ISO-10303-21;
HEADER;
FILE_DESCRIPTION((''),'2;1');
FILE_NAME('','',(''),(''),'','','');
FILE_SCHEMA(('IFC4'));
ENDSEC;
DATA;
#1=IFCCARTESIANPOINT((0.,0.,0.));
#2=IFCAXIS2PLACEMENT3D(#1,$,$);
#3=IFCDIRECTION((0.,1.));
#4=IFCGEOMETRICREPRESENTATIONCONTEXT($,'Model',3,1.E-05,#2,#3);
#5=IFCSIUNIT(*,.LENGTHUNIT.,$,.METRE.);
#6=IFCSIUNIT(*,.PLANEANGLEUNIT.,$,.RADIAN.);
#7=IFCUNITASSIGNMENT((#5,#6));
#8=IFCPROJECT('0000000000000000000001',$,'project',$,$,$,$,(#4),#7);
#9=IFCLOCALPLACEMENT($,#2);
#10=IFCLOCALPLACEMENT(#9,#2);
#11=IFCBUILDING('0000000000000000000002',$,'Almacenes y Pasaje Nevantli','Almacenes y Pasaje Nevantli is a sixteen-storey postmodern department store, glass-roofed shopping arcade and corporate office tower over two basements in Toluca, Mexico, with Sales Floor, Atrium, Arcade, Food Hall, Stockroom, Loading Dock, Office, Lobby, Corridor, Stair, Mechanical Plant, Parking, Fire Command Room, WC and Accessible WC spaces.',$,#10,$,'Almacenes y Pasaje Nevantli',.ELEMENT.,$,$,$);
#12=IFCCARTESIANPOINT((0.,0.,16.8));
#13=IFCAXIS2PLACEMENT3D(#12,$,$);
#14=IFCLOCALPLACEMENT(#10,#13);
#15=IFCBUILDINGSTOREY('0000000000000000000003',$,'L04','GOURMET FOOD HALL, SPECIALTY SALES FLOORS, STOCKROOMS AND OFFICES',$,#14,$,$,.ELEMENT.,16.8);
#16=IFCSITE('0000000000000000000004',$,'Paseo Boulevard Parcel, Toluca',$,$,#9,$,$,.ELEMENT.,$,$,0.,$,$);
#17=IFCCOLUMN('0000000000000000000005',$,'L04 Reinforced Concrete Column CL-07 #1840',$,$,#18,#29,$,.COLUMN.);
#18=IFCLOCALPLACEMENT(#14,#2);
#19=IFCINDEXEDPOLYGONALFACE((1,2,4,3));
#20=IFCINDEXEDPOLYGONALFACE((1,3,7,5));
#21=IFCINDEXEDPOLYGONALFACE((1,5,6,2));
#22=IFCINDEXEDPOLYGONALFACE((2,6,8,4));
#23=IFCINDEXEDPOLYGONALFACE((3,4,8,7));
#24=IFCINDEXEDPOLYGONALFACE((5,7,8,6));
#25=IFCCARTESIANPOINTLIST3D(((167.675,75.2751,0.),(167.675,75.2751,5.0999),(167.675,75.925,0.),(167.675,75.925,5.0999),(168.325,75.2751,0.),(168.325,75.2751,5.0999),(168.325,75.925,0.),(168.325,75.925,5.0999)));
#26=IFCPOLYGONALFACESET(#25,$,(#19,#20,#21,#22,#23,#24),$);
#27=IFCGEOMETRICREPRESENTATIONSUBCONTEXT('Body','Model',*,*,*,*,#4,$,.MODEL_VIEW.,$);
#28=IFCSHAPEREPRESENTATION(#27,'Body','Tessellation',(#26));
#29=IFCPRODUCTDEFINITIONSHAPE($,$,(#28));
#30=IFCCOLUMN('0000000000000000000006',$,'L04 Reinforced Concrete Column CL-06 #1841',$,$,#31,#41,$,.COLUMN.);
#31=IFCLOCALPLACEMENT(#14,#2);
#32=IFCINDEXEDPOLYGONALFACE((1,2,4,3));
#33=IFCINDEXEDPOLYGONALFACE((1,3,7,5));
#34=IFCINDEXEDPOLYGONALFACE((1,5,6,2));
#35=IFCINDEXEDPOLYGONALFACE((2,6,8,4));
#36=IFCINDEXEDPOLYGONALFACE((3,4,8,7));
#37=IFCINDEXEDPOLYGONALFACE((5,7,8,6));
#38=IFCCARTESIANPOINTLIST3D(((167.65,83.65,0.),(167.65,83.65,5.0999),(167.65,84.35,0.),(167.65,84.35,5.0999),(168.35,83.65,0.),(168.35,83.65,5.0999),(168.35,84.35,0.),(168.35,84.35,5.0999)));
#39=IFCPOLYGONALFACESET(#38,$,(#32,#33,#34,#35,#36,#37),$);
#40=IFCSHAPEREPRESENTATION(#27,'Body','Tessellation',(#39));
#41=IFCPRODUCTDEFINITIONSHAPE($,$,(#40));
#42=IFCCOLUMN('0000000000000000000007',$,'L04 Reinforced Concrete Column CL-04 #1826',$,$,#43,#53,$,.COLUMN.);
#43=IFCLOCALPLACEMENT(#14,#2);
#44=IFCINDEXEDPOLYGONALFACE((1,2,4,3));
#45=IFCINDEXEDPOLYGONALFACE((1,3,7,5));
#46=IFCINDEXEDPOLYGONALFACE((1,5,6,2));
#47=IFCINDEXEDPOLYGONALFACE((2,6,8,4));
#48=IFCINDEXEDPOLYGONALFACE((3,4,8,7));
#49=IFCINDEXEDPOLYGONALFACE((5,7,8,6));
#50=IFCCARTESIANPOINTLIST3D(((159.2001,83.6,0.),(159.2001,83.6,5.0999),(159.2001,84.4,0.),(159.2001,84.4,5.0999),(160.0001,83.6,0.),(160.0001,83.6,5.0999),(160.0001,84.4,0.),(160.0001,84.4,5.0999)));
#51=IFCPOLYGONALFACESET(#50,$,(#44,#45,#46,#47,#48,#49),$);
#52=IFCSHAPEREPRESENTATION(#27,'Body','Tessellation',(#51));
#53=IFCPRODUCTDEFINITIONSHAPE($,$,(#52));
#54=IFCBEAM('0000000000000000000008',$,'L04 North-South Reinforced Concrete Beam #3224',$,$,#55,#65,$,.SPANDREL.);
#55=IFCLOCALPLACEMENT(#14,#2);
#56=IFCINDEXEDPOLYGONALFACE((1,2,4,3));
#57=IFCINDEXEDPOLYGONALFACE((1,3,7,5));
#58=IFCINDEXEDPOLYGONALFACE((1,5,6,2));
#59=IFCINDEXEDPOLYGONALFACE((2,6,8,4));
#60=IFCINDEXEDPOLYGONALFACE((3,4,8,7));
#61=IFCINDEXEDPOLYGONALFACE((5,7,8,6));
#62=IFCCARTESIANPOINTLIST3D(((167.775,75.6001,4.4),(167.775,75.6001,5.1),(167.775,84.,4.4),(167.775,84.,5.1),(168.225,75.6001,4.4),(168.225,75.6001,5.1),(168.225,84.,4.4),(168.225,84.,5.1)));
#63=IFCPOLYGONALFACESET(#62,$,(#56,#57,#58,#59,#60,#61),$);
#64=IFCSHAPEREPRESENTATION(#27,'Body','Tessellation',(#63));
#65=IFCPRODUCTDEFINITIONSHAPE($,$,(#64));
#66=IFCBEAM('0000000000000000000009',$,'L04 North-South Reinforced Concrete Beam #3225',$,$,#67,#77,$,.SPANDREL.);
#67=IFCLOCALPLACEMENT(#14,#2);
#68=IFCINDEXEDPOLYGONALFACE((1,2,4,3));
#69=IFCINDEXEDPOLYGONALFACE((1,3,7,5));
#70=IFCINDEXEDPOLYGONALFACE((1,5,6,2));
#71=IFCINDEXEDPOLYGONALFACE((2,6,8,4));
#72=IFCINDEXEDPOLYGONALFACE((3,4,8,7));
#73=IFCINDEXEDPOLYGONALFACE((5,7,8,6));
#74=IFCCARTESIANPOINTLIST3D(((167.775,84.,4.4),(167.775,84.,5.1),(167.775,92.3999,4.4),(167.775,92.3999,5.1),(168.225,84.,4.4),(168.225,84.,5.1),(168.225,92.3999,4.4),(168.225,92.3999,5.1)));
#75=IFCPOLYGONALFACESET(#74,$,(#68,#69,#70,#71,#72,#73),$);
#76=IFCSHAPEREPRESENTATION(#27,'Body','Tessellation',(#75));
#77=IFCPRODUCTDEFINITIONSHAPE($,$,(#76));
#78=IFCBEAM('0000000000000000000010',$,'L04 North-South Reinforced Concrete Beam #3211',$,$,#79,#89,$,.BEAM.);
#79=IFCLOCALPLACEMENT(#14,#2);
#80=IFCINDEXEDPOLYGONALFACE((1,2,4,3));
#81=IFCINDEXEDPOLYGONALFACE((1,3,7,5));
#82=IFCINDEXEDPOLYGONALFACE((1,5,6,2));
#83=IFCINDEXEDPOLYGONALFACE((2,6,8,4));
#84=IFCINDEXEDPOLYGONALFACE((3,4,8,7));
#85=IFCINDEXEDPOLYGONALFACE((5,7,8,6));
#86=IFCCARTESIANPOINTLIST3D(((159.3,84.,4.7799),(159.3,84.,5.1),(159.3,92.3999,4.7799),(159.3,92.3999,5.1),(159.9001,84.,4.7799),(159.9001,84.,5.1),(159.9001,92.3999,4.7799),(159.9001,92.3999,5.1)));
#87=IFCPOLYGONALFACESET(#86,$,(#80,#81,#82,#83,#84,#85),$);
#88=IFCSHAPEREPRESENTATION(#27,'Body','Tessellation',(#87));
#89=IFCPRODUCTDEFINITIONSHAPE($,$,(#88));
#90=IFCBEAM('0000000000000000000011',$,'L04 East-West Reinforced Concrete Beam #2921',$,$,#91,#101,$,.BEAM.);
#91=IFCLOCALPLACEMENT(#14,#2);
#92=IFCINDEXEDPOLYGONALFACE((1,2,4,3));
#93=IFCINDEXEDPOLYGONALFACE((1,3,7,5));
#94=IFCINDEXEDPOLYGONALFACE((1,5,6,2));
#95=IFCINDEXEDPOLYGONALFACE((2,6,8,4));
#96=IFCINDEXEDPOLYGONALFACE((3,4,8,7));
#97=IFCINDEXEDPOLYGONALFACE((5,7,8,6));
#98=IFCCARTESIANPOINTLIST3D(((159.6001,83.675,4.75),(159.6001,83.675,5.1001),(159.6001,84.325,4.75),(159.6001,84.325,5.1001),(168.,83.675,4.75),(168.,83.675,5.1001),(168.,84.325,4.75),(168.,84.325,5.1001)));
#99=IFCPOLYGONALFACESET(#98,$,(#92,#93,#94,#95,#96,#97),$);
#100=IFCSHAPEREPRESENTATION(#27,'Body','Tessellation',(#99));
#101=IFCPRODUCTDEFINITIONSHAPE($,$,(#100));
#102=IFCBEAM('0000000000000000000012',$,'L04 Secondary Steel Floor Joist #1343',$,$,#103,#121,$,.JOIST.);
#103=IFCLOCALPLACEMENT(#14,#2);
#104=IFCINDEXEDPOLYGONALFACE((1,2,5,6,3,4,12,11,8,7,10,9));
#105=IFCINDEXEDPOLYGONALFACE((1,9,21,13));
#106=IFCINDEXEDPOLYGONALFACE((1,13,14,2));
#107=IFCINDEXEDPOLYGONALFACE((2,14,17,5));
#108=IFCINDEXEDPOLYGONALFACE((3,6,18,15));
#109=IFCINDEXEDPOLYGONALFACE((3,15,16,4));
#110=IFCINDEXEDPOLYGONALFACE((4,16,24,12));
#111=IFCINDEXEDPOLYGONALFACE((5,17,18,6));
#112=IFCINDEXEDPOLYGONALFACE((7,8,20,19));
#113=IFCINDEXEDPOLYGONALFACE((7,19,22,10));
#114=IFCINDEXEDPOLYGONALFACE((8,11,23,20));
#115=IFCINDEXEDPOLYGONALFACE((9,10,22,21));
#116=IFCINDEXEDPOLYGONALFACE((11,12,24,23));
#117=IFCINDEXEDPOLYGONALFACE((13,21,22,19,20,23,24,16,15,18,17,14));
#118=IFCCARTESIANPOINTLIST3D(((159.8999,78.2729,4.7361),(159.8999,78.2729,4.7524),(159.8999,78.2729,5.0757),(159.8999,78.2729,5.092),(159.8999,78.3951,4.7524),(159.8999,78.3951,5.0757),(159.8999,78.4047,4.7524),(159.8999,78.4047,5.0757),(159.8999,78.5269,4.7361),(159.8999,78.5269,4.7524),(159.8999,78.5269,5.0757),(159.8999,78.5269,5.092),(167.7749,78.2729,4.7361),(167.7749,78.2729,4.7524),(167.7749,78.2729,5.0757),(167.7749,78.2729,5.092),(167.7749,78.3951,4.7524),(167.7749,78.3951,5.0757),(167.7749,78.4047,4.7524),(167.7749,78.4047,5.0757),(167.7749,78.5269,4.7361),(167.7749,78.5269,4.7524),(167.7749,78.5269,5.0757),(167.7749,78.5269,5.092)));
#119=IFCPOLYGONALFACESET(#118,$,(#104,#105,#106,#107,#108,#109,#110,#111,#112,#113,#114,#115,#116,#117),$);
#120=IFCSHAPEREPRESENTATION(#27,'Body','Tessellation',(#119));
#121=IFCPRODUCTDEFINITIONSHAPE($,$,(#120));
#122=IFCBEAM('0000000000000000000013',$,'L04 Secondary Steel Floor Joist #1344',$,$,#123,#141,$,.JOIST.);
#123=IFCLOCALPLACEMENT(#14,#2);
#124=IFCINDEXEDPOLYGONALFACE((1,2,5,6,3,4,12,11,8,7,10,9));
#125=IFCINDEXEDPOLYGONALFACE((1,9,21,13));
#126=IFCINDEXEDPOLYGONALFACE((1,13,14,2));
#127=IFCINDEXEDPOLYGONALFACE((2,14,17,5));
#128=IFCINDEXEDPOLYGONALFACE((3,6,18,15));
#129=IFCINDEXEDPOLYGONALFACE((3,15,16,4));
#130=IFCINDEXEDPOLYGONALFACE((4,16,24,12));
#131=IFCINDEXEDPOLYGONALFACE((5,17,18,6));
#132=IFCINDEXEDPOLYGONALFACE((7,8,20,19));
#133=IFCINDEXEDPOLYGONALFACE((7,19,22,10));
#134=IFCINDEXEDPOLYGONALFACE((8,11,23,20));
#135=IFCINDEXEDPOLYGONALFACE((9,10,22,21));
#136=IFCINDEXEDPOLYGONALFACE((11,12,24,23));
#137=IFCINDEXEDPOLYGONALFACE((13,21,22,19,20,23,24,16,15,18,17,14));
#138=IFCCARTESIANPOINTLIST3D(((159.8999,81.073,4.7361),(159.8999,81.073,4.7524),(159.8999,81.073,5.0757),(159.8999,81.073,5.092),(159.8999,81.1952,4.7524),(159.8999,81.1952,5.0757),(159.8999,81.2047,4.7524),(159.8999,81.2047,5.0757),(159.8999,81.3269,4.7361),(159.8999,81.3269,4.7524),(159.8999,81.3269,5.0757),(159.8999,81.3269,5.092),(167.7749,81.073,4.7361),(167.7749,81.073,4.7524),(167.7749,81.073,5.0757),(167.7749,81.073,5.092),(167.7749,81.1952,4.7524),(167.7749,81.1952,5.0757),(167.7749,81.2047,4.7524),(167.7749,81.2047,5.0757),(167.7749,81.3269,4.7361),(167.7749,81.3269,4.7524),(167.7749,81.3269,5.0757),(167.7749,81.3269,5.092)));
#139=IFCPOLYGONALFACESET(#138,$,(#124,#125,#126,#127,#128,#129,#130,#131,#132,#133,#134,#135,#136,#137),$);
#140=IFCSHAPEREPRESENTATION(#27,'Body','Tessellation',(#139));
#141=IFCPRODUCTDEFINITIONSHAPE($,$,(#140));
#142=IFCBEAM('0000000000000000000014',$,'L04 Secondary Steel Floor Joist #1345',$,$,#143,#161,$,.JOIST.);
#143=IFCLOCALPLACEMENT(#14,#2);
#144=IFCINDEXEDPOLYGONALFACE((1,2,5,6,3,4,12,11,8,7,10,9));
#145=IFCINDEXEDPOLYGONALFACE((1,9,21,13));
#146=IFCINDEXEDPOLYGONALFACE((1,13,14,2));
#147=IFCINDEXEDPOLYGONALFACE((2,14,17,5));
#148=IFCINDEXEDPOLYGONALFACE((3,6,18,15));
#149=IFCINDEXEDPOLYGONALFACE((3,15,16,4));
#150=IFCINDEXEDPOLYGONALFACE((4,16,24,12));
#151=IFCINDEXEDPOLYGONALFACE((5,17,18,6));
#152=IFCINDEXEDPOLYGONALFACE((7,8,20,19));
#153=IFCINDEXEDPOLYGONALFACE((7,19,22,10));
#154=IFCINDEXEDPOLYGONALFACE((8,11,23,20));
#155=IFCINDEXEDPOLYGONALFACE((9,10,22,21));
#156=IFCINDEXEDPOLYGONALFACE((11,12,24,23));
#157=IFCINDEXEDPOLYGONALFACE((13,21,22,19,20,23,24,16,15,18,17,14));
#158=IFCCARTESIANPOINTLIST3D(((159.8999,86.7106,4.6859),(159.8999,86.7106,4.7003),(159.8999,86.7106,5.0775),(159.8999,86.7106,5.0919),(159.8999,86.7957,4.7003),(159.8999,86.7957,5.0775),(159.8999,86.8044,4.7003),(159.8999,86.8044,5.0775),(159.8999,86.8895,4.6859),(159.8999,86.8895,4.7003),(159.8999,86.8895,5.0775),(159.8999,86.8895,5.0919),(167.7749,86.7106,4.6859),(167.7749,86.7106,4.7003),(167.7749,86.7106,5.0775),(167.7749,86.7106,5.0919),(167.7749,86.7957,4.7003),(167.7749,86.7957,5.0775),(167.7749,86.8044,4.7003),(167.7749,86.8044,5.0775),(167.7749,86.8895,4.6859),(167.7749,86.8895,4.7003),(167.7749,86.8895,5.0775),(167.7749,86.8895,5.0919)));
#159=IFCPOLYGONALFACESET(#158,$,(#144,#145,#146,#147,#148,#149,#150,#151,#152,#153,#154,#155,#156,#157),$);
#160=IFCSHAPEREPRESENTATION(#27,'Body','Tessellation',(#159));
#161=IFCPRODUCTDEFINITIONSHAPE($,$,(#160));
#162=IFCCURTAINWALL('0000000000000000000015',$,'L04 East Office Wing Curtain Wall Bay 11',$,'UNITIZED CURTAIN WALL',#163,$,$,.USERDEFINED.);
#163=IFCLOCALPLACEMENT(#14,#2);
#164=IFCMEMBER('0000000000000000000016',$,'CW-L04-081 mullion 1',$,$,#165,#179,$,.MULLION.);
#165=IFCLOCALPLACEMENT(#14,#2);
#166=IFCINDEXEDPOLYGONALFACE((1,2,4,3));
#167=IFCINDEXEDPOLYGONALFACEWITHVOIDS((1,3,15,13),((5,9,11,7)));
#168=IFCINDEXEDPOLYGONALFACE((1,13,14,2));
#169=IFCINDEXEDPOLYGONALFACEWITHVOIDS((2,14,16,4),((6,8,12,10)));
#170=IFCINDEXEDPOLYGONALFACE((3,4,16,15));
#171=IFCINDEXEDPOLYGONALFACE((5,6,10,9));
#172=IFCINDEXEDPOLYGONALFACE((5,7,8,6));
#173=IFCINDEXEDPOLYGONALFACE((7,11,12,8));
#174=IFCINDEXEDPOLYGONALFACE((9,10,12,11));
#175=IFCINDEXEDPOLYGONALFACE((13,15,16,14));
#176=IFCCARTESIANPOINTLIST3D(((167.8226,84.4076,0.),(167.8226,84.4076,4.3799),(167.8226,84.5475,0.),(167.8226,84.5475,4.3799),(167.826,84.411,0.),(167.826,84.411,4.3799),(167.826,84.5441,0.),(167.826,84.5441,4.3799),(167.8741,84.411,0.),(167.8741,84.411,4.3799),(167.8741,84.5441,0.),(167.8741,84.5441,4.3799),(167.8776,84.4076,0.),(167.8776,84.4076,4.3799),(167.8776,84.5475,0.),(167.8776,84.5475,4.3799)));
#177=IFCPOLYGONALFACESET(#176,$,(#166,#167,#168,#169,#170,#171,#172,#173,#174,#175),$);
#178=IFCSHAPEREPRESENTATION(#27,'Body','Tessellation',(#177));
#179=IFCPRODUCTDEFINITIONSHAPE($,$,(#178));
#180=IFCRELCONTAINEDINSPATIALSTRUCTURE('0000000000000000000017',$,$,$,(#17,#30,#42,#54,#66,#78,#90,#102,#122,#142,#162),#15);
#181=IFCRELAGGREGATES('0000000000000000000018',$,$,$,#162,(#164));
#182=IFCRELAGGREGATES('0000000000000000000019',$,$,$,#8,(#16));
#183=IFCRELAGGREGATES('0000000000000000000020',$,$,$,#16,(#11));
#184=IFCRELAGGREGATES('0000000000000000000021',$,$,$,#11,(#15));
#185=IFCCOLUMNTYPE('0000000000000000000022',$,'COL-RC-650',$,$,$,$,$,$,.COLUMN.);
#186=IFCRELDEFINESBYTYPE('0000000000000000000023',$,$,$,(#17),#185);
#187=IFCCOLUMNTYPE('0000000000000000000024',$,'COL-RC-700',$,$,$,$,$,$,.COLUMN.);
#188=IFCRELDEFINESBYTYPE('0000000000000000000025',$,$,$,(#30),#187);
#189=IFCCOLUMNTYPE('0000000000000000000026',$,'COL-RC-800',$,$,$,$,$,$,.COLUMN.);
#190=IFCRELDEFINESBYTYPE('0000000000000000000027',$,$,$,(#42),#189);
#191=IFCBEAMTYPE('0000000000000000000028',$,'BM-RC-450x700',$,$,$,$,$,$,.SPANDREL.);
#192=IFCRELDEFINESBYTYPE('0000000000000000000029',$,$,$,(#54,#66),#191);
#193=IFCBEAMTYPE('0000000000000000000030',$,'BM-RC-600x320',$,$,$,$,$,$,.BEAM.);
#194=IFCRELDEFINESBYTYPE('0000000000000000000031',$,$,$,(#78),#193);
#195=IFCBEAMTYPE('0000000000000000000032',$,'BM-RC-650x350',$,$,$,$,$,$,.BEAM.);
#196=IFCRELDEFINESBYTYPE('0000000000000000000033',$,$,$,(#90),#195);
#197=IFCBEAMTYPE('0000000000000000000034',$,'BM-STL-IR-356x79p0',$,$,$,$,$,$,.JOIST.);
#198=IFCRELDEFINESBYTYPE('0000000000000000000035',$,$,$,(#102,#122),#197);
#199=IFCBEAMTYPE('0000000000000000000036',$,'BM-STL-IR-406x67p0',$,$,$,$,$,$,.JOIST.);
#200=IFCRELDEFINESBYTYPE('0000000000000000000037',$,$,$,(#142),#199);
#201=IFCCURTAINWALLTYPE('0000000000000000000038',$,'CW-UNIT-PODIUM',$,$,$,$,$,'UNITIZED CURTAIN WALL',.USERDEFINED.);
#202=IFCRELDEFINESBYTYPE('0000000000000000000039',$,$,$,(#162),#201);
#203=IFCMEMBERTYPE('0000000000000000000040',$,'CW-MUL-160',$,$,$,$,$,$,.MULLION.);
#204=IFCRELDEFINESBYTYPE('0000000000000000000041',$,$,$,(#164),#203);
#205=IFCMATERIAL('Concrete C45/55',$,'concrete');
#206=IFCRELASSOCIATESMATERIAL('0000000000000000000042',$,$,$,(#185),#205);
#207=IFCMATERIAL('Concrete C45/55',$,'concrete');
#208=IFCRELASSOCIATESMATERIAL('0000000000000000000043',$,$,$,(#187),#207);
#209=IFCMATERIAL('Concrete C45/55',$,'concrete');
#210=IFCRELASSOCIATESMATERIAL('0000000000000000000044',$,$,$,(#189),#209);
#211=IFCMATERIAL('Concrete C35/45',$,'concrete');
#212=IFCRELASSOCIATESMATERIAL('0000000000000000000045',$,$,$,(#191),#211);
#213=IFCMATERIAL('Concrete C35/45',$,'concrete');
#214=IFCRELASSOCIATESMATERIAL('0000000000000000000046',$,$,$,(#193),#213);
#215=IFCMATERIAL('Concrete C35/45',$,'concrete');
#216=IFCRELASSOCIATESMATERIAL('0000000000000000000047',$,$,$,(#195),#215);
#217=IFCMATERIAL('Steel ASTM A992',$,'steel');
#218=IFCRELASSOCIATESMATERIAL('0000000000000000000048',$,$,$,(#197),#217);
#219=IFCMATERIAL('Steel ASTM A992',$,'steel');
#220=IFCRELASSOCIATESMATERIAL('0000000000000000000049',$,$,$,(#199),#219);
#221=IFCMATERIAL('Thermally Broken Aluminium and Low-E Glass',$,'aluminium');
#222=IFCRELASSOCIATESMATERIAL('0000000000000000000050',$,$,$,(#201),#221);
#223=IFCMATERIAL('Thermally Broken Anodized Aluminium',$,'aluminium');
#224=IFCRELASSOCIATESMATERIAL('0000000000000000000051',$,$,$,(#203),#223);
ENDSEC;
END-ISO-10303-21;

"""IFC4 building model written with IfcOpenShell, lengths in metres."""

from ifc_helpers import new_model, si_unit, direction, frame, origin, origin_2d, place, context, subcontext, project, spatial, rectangle, hollow_rectangle, i_section, extrude, material, material_profile, profile_set, type_object, element, aggregate, save


model = new_model("IFC4")

# Units and contexts
model_context = context("Model", 3, precision=1e-05, world=origin(), true_north=direction((0.0, 1.0)))
body_context = subcontext(model_context, "Body", "Model", "MODEL_VIEW")
ifc_project = project(units=[si_unit("LENGTHUNIT", "METRE"), si_unit("PLANEANGLEUNIT", "RADIAN")], contexts=[model_context])

# Site, building, storey
site_placement = place(None, origin())
site = spatial("IfcSite", under=ifc_project, at=site_placement, Name="Paseo Boulevard Parcel, Toluca", CompositionType="ELEMENT", RefElevation=0.0)
building_placement = place(site_placement, origin())
building = spatial("IfcBuilding", under=site, at=building_placement, Name="Almacenes y Pasaje Nevantli", Description="Almacenes y Pasaje Nevantli is a sixteen-storey postmodern department store, glass-roofed shopping arcade and corporate office tower over two basements in Toluca, Mexico, with Sales Floor, Atrium, Arcade, Food Hall, Stockroom, Loading Dock, Office, Lobby, Corridor, Stair, Mechanical Plant, Parking, Fire Command Room, WC and Accessible WC spaces.", LongName="Almacenes y Pasaje Nevantli", CompositionType="ELEMENT")
storey_placement = place(building_placement, frame((0.0, 0.0, 16.8)))
storey = spatial("IfcBuildingStorey", under=building, at=storey_placement, Name="L04", Description="GOURMET FOOD HALL, SPECIALTY SALES FLOORS, STOCKROOMS AND OFFICES", CompositionType="ELEMENT", Elevation=16.8)

# Columns
ifc_material_1 = material(Name="Concrete C45/55", Category="concrete")
ifc_material_profile_1 = material_profile(ifc_material_1, rectangle(XDim=0.6499, YDim=0.6499, at=origin_2d()), Name="RC-COL-650x650")
ifc_profile_set_1 = profile_set([ifc_material_profile_1], Name="Concrete C45/55")
column_type_1 = type_object("IfcColumnType", Name="COL-RC-650", PredefinedType="COLUMN", material=ifc_profile_set_1)
column_1_placement = place(storey_placement, frame((168.0, 75.6001, 0.0), z_axis=(0.0, 0.0, 1.0), x_axis=(1.0, 0.0, 0.0)))
element("IfcColumn", 1, at=column_1_placement, inside=storey, type_object=column_type_1, Name="L04 Reinforced Concrete Column CL-07 #1840", PredefinedType="COLUMN", context=body_context, shape_type="SweptSolid", body=[
    extrude(rectangle(XDim=0.6499, YDim=0.6499, at=origin_2d()), origin(), (0.0, 0.0, 1.0), 5.0999),
])
ifc_material_2 = material(Name="Concrete C45/55", Category="concrete")
ifc_material_profile_2 = material_profile(ifc_material_2, rectangle(XDim=0.7, YDim=0.7, at=origin_2d()), Name="RC-COL-700x700")
ifc_profile_set_2 = profile_set([ifc_material_profile_2], Name="Concrete C45/55")
column_type_2 = type_object("IfcColumnType", Name="COL-RC-700", PredefinedType="COLUMN", material=ifc_profile_set_2)
column_2_placement = place(storey_placement, frame((168.0, 84.0, 0.0), z_axis=(0.0, 0.0, 1.0), x_axis=(1.0, 0.0, 0.0)))
element("IfcColumn", 2, at=column_2_placement, inside=storey, type_object=column_type_2, Name="L04 Reinforced Concrete Column CL-06 #1841", PredefinedType="COLUMN", context=body_context, shape_type="SweptSolid", body=[
    extrude(rectangle(XDim=0.7, YDim=0.7, at=origin_2d()), origin(), (0.0, 0.0, 1.0), 5.0999),
])
ifc_material_3 = material(Name="Concrete C45/55", Category="concrete")
ifc_material_profile_3 = material_profile(ifc_material_3, rectangle(XDim=0.8, YDim=0.8, at=origin_2d()), Name="RC-COL-800x800")
ifc_profile_set_3 = profile_set([ifc_material_profile_3], Name="Concrete C45/55")
column_type_3 = type_object("IfcColumnType", Name="COL-RC-800", PredefinedType="COLUMN", material=ifc_profile_set_3)
column_3_placement = place(storey_placement, frame((159.6001, 84.0, 0.0), z_axis=(0.0, 0.0, 1.0), x_axis=(1.0, 0.0, 0.0)))
element("IfcColumn", 3, at=column_3_placement, inside=storey, type_object=column_type_3, Name="L04 Reinforced Concrete Column CL-04 #1826", PredefinedType="COLUMN", context=body_context, shape_type="SweptSolid", body=[
    extrude(rectangle(XDim=0.8, YDim=0.8, at=origin_2d()), origin(), (0.0, 0.0, 1.0), 5.0999),
])

# Beams
ifc_material_4 = material(Name="Concrete C35/45", Category="concrete")
ifc_material_profile_4 = material_profile(ifc_material_4, rectangle(XDim=0.45, YDim=0.7, at=origin_2d()), Name="RC-BM-450x700")
ifc_profile_set_4 = profile_set([ifc_material_profile_4], Name="Concrete C35/45")
beam_type_1 = type_object("IfcBeamType", Name="BM-RC-450x700", PredefinedType="SPANDREL", material=ifc_profile_set_4)
for number, where, z_axis, x_axis, name in (
    (4, (168.0, 75.6001, 4.75), (0.0, 1.0, 0.0), (-1.0, 0.0, 0.0), "L04 North-South Reinforced Concrete Beam #3224"),
    (5, (168.0, 84.0, 4.75), (0.0, 1.0, 0.0), (-1.0, 0.0, 0.0), "L04 North-South Reinforced Concrete Beam #3225"),
):
    element("IfcBeam", number, at=place(storey_placement, frame(where, z_axis=z_axis, x_axis=x_axis)), inside=storey, type_object=beam_type_1, Name=name, PredefinedType="SPANDREL", context=body_context, shape_type="SweptSolid", body=[
        extrude(rectangle(XDim=0.45, YDim=0.7, at=origin_2d()), origin(), (0.0, 0.0, 1.0), 8.3999),
    ])
ifc_material_5 = material(Name="Concrete C35/45", Category="concrete")
ifc_material_profile_5 = material_profile(ifc_material_5, rectangle(XDim=0.6001, YDim=0.3201, at=origin_2d()), Name="RC-BM-600x320")
ifc_profile_set_5 = profile_set([ifc_material_profile_5], Name="Concrete C35/45")
beam_type_2 = type_object("IfcBeamType", Name="BM-RC-600x320", PredefinedType="BEAM", material=ifc_profile_set_5)
beam_1_placement = place(storey_placement, frame((159.6001, 84.0, 4.9399), z_axis=(0.0, 1.0, 0.0), x_axis=(-1.0, 0.0, 0.0)))
element("IfcBeam", 6, at=beam_1_placement, inside=storey, type_object=beam_type_2, Name="L04 North-South Reinforced Concrete Beam #3211", PredefinedType="BEAM", context=body_context, shape_type="SweptSolid", body=[
    extrude(rectangle(XDim=0.6001, YDim=0.3201, at=origin_2d()), origin(), (0.0, 0.0, 1.0), 8.3999),
])
ifc_material_6 = material(Name="Concrete C35/45", Category="concrete")
ifc_material_profile_6 = material_profile(ifc_material_6, rectangle(XDim=0.6499, YDim=0.3501, at=origin_2d()), Name="RC-BM-650x350")
ifc_profile_set_6 = profile_set([ifc_material_profile_6], Name="Concrete C35/45")
beam_type_3 = type_object("IfcBeamType", Name="BM-RC-650x350", PredefinedType="BEAM", material=ifc_profile_set_6)
beam_2_placement = place(storey_placement, frame((159.6001, 84.0, 4.925), z_axis=(1.0, 0.0, 0.0), x_axis=(0.0, 1.0, 0.0)))
element("IfcBeam", 7, at=beam_2_placement, inside=storey, type_object=beam_type_3, Name="L04 East-West Reinforced Concrete Beam #2921", PredefinedType="BEAM", context=body_context, shape_type="SweptSolid", body=[
    extrude(rectangle(XDim=0.6499, YDim=0.3501, at=origin_2d()), origin(), (0.0, 0.0, 1.0), 8.3999),
])
ifc_material_7 = material(Name="Steel ASTM A992", Category="steel")
ifc_material_profile_7 = material_profile(ifc_material_7, i_section(OverallWidth=0.2539, OverallDepth=0.356, WebThickness=0.0095, FlangeThickness=0.0164, at=origin_2d()), Name="IR 356x79.0")
ifc_profile_set_7 = profile_set([ifc_material_profile_7], Name="Steel ASTM A992")
beam_type_4 = type_object("IfcBeamType", Name="BM-STL-IR-356x79p0", PredefinedType="JOIST", material=ifc_profile_set_7)
for number, where, z_axis, x_axis, name in (
    (8, (159.8999, 78.3999, 4.9141), (1.0, 0.0, 0.0), (0.0, 1.0, 0.0), "L04 Secondary Steel Floor Joist #1343"),
    (9, (159.8999, 81.2, 4.9141), (1.0, 0.0, 0.0), (0.0, 1.0, 0.0), "L04 Secondary Steel Floor Joist #1344"),
):
    element("IfcBeam", number, at=place(storey_placement, frame(where, z_axis=z_axis, x_axis=x_axis)), inside=storey, type_object=beam_type_4, Name=name, PredefinedType="JOIST", context=body_context, shape_type="SweptSolid", body=[
        extrude(i_section(OverallWidth=0.2539, OverallDepth=0.356, WebThickness=0.0095, FlangeThickness=0.0164, at=origin_2d()), origin(), (0.0, 0.0, 1.0), 7.875),
    ])
ifc_material_8 = material(Name="Steel ASTM A992", Category="steel")
ifc_material_profile_8 = material_profile(ifc_material_8, i_section(OverallWidth=0.179, OverallDepth=0.406, WebThickness=0.0088, FlangeThickness=0.0144, at=origin_2d()), Name="IR 406x67.0")
ifc_profile_set_8 = profile_set([ifc_material_profile_8], Name="Steel ASTM A992")
beam_type_5 = type_object("IfcBeamType", Name="BM-STL-IR-406x67p0", PredefinedType="JOIST", material=ifc_profile_set_8)
beam_3_placement = place(storey_placement, frame((159.8999, 86.8, 4.8889), z_axis=(1.0, 0.0, 0.0), x_axis=(0.0, 1.0, 0.0)))
element("IfcBeam", 10, at=beam_3_placement, inside=storey, type_object=beam_type_5, Name="L04 Secondary Steel Floor Joist #1345", PredefinedType="JOIST", context=body_context, shape_type="SweptSolid", body=[
    extrude(i_section(OverallWidth=0.179, OverallDepth=0.406, WebThickness=0.0088, FlangeThickness=0.0144, at=origin_2d()), origin(), (0.0, 0.0, 1.0), 7.875),
])

# Curtain wall, member
ifc_material_9 = material(Name="Thermally Broken Aluminium and Low-E Glass", Category="aluminium")
curtain_wall_type = type_object("IfcCurtainWallType", Name="CW-UNIT-PODIUM", ElementType="UNITIZED CURTAIN WALL", PredefinedType="USERDEFINED", material=ifc_material_9)
curtain_wall_placement = place(storey_placement, origin())
curtain_wall = element("IfcCurtainWall", 11, at=curtain_wall_placement, inside=storey, type_object=curtain_wall_type, Name="L04 East Office Wing Curtain Wall Bay 11", ObjectType="UNITIZED CURTAIN WALL", PredefinedType="USERDEFINED")
ifc_material_10 = material(Name="Thermally Broken Anodized Aluminium", Category="aluminium")
ifc_material_profile_9 = material_profile(ifc_material_10, hollow_rectangle(XDim=0.0549, YDim=0.1399, WallThickness=0.0034, at=origin_2d()), Name="ALU-MUL-55x140")
ifc_profile_set_9 = profile_set([ifc_material_profile_9], Name="Thermally Broken Anodized Aluminium")
member_type_1 = type_object("IfcMemberType", Name="CW-MUL-160", PredefinedType="MULLION", material=ifc_profile_set_9)
member_1_placement = place(storey_placement, frame((167.8501, 84.4775, 0.0), z_axis=(0.0, 0.0, 1.0), x_axis=(-1.0, 0.0, 0.0)))
member_1 = element("IfcMember", 12, at=member_1_placement, type_object=member_type_1, Name="CW-L04-081 mullion 1", PredefinedType="MULLION", context=body_context, shape_type="SweptSolid", body=[
    extrude(hollow_rectangle(XDim=0.0549, YDim=0.1399, WallThickness=0.0034, at=origin_2d()), origin(), (0.0, 0.0, 1.0), 4.3799),
])
aggregate(curtain_wall, [member_1])

save(model, "model.ifc")
